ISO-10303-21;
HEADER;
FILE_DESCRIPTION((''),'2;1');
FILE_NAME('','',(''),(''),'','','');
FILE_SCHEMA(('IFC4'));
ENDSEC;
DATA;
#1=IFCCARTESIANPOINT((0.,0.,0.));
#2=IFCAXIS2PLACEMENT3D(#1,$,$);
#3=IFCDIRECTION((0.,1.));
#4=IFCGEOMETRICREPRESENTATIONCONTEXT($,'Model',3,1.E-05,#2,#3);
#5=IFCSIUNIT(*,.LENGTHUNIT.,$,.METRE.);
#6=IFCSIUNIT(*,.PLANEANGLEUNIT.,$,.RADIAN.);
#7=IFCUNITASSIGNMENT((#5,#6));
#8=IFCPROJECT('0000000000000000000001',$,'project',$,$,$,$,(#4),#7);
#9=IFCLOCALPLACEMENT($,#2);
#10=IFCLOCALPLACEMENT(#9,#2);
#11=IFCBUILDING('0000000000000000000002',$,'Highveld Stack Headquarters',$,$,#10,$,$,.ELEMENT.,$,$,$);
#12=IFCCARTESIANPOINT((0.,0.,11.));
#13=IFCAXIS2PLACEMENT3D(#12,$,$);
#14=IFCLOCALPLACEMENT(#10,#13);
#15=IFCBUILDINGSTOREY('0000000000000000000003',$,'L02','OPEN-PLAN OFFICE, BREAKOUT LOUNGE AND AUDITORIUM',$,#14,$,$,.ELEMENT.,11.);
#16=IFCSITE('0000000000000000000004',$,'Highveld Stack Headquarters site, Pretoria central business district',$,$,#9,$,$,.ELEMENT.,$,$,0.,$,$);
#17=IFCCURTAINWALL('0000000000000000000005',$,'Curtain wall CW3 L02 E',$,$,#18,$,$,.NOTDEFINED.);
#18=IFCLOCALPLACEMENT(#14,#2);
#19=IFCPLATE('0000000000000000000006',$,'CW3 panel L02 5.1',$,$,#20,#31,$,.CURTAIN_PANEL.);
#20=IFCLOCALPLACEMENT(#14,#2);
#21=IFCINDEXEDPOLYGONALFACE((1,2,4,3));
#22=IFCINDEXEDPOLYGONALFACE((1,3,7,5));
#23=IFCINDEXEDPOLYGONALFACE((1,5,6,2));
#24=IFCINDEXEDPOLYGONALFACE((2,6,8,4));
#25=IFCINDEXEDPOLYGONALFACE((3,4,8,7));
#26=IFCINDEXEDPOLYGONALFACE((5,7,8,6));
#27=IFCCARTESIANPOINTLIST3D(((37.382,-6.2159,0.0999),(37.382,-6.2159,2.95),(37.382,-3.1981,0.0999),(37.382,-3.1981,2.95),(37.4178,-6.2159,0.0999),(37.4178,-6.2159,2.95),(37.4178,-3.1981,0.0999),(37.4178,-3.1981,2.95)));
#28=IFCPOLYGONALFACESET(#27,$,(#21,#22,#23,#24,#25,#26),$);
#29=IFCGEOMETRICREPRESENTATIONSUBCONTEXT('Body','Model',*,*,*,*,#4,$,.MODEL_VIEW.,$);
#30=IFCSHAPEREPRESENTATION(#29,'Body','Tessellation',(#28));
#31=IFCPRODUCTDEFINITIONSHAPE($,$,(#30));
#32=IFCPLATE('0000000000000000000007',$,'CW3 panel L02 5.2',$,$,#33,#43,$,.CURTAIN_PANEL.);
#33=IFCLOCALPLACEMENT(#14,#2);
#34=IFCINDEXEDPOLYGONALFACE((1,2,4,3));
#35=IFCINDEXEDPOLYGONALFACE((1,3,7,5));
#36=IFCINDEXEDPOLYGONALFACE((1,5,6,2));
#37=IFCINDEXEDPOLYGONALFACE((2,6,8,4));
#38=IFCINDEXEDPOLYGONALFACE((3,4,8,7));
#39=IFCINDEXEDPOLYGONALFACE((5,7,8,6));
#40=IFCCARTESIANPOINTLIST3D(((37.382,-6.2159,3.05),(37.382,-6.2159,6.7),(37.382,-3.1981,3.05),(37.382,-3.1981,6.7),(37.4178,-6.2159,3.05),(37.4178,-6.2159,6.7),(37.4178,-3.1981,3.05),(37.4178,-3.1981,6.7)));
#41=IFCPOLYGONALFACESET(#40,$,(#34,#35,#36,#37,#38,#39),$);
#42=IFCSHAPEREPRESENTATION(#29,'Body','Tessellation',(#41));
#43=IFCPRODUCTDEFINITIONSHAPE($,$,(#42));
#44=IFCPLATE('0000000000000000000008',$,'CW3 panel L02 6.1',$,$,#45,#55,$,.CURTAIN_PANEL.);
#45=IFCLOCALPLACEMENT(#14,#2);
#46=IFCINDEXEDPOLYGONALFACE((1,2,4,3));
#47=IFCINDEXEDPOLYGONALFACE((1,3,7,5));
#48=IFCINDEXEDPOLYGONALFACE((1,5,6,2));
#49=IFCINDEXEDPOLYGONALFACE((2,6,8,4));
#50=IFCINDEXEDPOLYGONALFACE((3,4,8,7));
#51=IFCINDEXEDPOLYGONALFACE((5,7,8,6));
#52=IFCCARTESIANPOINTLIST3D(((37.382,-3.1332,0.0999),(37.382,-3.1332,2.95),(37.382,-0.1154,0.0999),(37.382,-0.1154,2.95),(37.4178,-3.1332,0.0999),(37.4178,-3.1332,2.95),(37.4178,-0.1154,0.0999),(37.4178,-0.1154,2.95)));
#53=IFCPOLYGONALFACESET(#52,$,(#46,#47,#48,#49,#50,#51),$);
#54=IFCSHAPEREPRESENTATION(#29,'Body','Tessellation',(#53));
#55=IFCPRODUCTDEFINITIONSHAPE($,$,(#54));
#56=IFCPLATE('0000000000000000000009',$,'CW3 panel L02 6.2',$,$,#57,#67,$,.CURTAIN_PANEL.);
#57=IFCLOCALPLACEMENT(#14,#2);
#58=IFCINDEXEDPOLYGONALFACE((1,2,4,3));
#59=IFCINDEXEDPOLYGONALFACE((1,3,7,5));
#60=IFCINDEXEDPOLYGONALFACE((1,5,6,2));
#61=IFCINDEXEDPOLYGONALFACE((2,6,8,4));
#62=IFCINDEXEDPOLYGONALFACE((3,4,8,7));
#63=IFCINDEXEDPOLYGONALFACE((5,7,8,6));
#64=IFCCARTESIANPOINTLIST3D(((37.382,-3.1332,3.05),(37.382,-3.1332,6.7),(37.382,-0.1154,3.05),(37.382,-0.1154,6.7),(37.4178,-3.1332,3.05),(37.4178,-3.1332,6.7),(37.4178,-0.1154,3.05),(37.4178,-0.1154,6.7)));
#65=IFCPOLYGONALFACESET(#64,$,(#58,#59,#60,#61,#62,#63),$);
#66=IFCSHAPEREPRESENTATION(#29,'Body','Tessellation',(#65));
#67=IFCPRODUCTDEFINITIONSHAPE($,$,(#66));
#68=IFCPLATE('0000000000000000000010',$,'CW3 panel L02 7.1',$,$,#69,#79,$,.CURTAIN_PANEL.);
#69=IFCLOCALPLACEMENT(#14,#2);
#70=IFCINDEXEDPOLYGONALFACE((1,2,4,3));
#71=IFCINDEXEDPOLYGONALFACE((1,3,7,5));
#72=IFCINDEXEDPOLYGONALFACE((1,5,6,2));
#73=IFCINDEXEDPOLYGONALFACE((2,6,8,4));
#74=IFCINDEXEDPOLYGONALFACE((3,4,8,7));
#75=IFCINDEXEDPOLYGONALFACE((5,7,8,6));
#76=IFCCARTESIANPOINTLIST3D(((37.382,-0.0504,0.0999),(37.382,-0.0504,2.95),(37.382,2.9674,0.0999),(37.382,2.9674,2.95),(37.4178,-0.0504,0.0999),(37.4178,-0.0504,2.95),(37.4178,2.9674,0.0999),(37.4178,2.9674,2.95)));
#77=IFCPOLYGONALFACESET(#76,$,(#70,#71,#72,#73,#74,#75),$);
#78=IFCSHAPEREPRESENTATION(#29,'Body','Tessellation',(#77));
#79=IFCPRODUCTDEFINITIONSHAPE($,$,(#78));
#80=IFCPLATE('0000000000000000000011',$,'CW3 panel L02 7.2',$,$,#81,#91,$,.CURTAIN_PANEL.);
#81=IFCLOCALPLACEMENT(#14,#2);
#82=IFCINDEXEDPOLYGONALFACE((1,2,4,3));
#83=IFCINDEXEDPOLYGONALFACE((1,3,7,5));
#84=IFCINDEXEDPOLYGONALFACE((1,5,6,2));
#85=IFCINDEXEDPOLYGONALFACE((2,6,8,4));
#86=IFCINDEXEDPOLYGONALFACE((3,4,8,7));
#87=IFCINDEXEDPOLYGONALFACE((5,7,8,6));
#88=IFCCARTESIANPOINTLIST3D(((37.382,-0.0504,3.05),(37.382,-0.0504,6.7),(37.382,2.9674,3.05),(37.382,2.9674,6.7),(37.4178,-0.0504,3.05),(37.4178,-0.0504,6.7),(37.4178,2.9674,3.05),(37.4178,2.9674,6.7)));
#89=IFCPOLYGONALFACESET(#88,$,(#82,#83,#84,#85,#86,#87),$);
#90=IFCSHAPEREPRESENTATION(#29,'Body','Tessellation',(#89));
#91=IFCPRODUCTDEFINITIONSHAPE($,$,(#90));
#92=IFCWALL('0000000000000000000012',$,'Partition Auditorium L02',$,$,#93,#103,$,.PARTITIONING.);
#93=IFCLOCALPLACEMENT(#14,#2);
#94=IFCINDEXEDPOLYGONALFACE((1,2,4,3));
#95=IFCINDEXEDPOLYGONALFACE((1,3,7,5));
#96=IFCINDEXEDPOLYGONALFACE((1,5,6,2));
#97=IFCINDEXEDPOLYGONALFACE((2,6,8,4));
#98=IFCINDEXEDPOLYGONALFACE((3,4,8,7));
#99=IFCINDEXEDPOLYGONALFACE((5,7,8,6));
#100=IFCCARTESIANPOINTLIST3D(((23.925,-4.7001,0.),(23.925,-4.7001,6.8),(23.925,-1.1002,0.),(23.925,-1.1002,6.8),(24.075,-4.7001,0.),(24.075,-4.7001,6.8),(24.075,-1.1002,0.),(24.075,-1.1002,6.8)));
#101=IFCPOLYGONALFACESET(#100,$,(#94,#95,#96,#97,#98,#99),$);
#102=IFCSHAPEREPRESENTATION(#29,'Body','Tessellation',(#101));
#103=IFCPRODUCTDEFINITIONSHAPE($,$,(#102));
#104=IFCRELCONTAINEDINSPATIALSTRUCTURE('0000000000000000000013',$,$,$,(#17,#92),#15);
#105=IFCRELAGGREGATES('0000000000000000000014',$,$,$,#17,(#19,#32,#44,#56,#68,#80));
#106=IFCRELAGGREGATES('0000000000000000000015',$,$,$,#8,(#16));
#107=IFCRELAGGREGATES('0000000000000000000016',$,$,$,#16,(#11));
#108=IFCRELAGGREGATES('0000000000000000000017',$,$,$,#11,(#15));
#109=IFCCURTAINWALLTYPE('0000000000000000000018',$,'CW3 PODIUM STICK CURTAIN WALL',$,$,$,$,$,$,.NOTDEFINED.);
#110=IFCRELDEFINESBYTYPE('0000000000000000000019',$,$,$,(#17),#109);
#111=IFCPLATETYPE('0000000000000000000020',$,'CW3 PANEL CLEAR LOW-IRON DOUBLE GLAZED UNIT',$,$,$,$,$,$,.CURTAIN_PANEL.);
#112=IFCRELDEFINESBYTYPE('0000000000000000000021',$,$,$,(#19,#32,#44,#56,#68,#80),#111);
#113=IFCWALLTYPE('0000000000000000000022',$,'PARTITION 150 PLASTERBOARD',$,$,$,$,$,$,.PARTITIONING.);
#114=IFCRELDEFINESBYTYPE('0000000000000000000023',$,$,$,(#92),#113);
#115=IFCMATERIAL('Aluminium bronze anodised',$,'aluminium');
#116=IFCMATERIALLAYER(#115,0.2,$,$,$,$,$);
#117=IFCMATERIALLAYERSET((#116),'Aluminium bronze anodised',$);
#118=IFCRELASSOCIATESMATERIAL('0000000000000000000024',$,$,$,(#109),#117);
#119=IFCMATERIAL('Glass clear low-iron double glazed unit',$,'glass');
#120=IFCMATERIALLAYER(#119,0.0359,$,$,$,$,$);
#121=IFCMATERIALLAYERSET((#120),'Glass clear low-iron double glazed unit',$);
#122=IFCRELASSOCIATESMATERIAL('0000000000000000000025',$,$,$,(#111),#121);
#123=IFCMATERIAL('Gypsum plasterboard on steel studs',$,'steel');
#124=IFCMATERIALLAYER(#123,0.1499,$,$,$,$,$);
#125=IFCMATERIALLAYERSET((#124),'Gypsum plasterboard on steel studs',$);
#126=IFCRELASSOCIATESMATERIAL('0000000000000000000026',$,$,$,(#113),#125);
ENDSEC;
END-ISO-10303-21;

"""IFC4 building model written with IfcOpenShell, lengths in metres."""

from ifc_helpers import new_model, si_unit, direction, frame, frame_2d, origin, origin_2d, place, context, subcontext, project, spatial, rectangle, extrude, material, layer, layer_set, type_object, element, aggregate, save


model = new_model("IFC4")

# Units and contexts
model_context = context("Model", 3, precision=1e-05, world=origin(), true_north=direction((0.0, 1.0)))
body_context = subcontext(model_context, "Body", "Model", "MODEL_VIEW")
ifc_project = project(units=[si_unit("LENGTHUNIT", "METRE"), si_unit("PLANEANGLEUNIT", "RADIAN")], contexts=[model_context])

# Site, building, storey
site_placement = place(None, origin())
site = spatial("IfcSite", under=ifc_project, at=site_placement, Name="Highveld Stack Headquarters site, Pretoria central business district", CompositionType="ELEMENT", RefElevation=0.0)
building_placement = place(site_placement, origin())
building = spatial("IfcBuilding", under=site, at=building_placement, Name="Highveld Stack Headquarters", CompositionType="ELEMENT")
storey_placement = place(building_placement, frame((0.0, 0.0, 11.0)))
storey = spatial("IfcBuildingStorey", under=building, at=storey_placement, Name="L02", Description="OPEN-PLAN OFFICE, BREAKOUT LOUNGE AND AUDITORIUM", CompositionType="ELEMENT", Elevation=11.0)

# Curtain wall, plates
ifc_material_1 = material(Name="Aluminium bronze anodised", Category="aluminium")
ifc_layer_1 = layer(ifc_material_1, 0.2)
ifc_layer_set_1 = layer_set([ifc_layer_1], Name="Aluminium bronze anodised")
curtain_wall_type = type_object("IfcCurtainWallType", Name="CW3 PODIUM STICK CURTAIN WALL", PredefinedType="NOTDEFINED", material=ifc_layer_set_1)
curtain_wall_placement = place(storey_placement, origin())
curtain_wall = element("IfcCurtainWall", 1, at=curtain_wall_placement, inside=storey, type_object=curtain_wall_type, Name="Curtain wall CW3 L02 E", PredefinedType="NOTDEFINED")
ifc_material_2 = material(Name="Glass clear low-iron double glazed unit", Category="glass")
ifc_layer_2 = layer(ifc_material_2, 0.0359)
ifc_layer_set_2 = layer_set([ifc_layer_2], Name="Glass clear low-iron double glazed unit")
plate_type = type_object("IfcPlateType", Name="CW3 PANEL CLEAR LOW-IRON DOUBLE GLAZED UNIT", PredefinedType="CURTAIN_PANEL", material=ifc_layer_set_2)
plate_1_placement = place(storey_placement, frame((37.3999, -4.707, 0.0999), z_axis=(0.0, 0.0, 1.0), x_axis=(0.0, 1.0, 0.0)))
plate_1 = element("IfcPlate", 2, at=plate_1_placement, type_object=plate_type, Name="CW3 panel L02 5.1", PredefinedType="CURTAIN_PANEL", context=body_context, shape_type="SweptSolid", body=[
    extrude(rectangle(XDim=3.0178, YDim=0.0359, at=origin_2d()), origin(), (0.0, 0.0, 1.0), 2.8501),
])
plate_2_placement = place(storey_placement, frame((37.3999, -4.707, 3.05), z_axis=(0.0, 0.0, 1.0), x_axis=(0.0, 1.0, 0.0)))
plate_2 = element("IfcPlate", 3, at=plate_2_placement, type_object=plate_type, Name="CW3 panel L02 5.2", PredefinedType="CURTAIN_PANEL", context=body_context, shape_type="SweptSolid", body=[
    extrude(rectangle(XDim=3.0178, YDim=0.0359, at=origin_2d()), origin(), (0.0, 0.0, 1.0), 3.6499),
])
plate_3_placement = place(storey_placement, frame((37.3999, -1.6243, 0.0999), z_axis=(0.0, 0.0, 1.0), x_axis=(0.0, 1.0, 0.0)))
plate_3 = element("IfcPlate", 4, at=plate_3_placement, type_object=plate_type, Name="CW3 panel L02 6.1", PredefinedType="CURTAIN_PANEL", context=body_context, shape_type="SweptSolid", body=[
    extrude(rectangle(XDim=3.0178, YDim=0.0359, at=origin_2d()), origin(), (0.0, 0.0, 1.0), 2.8501),
])
plate_4_placement = place(storey_placement, frame((37.3999, -1.6243, 3.05), z_axis=(0.0, 0.0, 1.0), x_axis=(0.0, 1.0, 0.0)))
plate_4 = element("IfcPlate", 5, at=plate_4_placement, type_object=plate_type, Name="CW3 panel L02 6.2", PredefinedType="CURTAIN_PANEL", context=body_context, shape_type="SweptSolid", body=[
    extrude(rectangle(XDim=3.0178, YDim=0.0359, at=origin_2d()), origin(), (0.0, 0.0, 1.0), 3.6499),
])
plate_5_placement = place(storey_placement, frame((37.3999, 1.4585, 0.0999), z_axis=(0.0, 0.0, 1.0), x_axis=(0.0, 1.0, 0.0)))
plate_5 = element("IfcPlate", 6, at=plate_5_placement, type_object=plate_type, Name="CW3 panel L02 7.1", PredefinedType="CURTAIN_PANEL", context=body_context, shape_type="SweptSolid", body=[
    extrude(rectangle(XDim=3.0178, YDim=0.0359, at=origin_2d()), origin(), (0.0, 0.0, 1.0), 2.8501),
])
plate_6_placement = place(storey_placement, frame((37.3999, 1.4585, 3.05), z_axis=(0.0, 0.0, 1.0), x_axis=(0.0, 1.0, 0.0)))
plate_6 = element("IfcPlate", 7, at=plate_6_placement, type_object=plate_type, Name="CW3 panel L02 7.2", PredefinedType="CURTAIN_PANEL", context=body_context, shape_type="SweptSolid", body=[
    extrude(rectangle(XDim=3.0178, YDim=0.0359, at=origin_2d()), origin(), (0.0, 0.0, 1.0), 3.6499),
])
aggregate(curtain_wall, [plate_1, plate_2, plate_3, plate_4, plate_5, plate_6])

# Wall
ifc_material_3 = material(Name="Gypsum plasterboard on steel studs", Category="steel")
ifc_layer_3 = layer(ifc_material_3, 0.1499)
ifc_layer_set_3 = layer_set([ifc_layer_3], Name="Gypsum plasterboard on steel studs")
wall_type = type_object("IfcWallType", Name="PARTITION 150 PLASTERBOARD", PredefinedType="PARTITIONING", material=ifc_layer_set_3)
wall_1_placement = place(storey_placement, frame((24.0, -4.7, 0.0), z_axis=(0.0, 0.0, 1.0), x_axis=(0.0, 1.0, 0.0)))
element("IfcWall", 8, at=wall_1_placement, inside=storey, type_object=wall_type, Name="Partition Auditorium L02", PredefinedType="PARTITIONING", context=body_context, shape_type="SweptSolid", body=[
    extrude(rectangle(XDim=3.5999, YDim=0.1499, at=frame_2d((1.7998, 0.0))), origin(), (0.0, 0.0, 1.0), 6.8),
])

save(model, "model.ifc")
